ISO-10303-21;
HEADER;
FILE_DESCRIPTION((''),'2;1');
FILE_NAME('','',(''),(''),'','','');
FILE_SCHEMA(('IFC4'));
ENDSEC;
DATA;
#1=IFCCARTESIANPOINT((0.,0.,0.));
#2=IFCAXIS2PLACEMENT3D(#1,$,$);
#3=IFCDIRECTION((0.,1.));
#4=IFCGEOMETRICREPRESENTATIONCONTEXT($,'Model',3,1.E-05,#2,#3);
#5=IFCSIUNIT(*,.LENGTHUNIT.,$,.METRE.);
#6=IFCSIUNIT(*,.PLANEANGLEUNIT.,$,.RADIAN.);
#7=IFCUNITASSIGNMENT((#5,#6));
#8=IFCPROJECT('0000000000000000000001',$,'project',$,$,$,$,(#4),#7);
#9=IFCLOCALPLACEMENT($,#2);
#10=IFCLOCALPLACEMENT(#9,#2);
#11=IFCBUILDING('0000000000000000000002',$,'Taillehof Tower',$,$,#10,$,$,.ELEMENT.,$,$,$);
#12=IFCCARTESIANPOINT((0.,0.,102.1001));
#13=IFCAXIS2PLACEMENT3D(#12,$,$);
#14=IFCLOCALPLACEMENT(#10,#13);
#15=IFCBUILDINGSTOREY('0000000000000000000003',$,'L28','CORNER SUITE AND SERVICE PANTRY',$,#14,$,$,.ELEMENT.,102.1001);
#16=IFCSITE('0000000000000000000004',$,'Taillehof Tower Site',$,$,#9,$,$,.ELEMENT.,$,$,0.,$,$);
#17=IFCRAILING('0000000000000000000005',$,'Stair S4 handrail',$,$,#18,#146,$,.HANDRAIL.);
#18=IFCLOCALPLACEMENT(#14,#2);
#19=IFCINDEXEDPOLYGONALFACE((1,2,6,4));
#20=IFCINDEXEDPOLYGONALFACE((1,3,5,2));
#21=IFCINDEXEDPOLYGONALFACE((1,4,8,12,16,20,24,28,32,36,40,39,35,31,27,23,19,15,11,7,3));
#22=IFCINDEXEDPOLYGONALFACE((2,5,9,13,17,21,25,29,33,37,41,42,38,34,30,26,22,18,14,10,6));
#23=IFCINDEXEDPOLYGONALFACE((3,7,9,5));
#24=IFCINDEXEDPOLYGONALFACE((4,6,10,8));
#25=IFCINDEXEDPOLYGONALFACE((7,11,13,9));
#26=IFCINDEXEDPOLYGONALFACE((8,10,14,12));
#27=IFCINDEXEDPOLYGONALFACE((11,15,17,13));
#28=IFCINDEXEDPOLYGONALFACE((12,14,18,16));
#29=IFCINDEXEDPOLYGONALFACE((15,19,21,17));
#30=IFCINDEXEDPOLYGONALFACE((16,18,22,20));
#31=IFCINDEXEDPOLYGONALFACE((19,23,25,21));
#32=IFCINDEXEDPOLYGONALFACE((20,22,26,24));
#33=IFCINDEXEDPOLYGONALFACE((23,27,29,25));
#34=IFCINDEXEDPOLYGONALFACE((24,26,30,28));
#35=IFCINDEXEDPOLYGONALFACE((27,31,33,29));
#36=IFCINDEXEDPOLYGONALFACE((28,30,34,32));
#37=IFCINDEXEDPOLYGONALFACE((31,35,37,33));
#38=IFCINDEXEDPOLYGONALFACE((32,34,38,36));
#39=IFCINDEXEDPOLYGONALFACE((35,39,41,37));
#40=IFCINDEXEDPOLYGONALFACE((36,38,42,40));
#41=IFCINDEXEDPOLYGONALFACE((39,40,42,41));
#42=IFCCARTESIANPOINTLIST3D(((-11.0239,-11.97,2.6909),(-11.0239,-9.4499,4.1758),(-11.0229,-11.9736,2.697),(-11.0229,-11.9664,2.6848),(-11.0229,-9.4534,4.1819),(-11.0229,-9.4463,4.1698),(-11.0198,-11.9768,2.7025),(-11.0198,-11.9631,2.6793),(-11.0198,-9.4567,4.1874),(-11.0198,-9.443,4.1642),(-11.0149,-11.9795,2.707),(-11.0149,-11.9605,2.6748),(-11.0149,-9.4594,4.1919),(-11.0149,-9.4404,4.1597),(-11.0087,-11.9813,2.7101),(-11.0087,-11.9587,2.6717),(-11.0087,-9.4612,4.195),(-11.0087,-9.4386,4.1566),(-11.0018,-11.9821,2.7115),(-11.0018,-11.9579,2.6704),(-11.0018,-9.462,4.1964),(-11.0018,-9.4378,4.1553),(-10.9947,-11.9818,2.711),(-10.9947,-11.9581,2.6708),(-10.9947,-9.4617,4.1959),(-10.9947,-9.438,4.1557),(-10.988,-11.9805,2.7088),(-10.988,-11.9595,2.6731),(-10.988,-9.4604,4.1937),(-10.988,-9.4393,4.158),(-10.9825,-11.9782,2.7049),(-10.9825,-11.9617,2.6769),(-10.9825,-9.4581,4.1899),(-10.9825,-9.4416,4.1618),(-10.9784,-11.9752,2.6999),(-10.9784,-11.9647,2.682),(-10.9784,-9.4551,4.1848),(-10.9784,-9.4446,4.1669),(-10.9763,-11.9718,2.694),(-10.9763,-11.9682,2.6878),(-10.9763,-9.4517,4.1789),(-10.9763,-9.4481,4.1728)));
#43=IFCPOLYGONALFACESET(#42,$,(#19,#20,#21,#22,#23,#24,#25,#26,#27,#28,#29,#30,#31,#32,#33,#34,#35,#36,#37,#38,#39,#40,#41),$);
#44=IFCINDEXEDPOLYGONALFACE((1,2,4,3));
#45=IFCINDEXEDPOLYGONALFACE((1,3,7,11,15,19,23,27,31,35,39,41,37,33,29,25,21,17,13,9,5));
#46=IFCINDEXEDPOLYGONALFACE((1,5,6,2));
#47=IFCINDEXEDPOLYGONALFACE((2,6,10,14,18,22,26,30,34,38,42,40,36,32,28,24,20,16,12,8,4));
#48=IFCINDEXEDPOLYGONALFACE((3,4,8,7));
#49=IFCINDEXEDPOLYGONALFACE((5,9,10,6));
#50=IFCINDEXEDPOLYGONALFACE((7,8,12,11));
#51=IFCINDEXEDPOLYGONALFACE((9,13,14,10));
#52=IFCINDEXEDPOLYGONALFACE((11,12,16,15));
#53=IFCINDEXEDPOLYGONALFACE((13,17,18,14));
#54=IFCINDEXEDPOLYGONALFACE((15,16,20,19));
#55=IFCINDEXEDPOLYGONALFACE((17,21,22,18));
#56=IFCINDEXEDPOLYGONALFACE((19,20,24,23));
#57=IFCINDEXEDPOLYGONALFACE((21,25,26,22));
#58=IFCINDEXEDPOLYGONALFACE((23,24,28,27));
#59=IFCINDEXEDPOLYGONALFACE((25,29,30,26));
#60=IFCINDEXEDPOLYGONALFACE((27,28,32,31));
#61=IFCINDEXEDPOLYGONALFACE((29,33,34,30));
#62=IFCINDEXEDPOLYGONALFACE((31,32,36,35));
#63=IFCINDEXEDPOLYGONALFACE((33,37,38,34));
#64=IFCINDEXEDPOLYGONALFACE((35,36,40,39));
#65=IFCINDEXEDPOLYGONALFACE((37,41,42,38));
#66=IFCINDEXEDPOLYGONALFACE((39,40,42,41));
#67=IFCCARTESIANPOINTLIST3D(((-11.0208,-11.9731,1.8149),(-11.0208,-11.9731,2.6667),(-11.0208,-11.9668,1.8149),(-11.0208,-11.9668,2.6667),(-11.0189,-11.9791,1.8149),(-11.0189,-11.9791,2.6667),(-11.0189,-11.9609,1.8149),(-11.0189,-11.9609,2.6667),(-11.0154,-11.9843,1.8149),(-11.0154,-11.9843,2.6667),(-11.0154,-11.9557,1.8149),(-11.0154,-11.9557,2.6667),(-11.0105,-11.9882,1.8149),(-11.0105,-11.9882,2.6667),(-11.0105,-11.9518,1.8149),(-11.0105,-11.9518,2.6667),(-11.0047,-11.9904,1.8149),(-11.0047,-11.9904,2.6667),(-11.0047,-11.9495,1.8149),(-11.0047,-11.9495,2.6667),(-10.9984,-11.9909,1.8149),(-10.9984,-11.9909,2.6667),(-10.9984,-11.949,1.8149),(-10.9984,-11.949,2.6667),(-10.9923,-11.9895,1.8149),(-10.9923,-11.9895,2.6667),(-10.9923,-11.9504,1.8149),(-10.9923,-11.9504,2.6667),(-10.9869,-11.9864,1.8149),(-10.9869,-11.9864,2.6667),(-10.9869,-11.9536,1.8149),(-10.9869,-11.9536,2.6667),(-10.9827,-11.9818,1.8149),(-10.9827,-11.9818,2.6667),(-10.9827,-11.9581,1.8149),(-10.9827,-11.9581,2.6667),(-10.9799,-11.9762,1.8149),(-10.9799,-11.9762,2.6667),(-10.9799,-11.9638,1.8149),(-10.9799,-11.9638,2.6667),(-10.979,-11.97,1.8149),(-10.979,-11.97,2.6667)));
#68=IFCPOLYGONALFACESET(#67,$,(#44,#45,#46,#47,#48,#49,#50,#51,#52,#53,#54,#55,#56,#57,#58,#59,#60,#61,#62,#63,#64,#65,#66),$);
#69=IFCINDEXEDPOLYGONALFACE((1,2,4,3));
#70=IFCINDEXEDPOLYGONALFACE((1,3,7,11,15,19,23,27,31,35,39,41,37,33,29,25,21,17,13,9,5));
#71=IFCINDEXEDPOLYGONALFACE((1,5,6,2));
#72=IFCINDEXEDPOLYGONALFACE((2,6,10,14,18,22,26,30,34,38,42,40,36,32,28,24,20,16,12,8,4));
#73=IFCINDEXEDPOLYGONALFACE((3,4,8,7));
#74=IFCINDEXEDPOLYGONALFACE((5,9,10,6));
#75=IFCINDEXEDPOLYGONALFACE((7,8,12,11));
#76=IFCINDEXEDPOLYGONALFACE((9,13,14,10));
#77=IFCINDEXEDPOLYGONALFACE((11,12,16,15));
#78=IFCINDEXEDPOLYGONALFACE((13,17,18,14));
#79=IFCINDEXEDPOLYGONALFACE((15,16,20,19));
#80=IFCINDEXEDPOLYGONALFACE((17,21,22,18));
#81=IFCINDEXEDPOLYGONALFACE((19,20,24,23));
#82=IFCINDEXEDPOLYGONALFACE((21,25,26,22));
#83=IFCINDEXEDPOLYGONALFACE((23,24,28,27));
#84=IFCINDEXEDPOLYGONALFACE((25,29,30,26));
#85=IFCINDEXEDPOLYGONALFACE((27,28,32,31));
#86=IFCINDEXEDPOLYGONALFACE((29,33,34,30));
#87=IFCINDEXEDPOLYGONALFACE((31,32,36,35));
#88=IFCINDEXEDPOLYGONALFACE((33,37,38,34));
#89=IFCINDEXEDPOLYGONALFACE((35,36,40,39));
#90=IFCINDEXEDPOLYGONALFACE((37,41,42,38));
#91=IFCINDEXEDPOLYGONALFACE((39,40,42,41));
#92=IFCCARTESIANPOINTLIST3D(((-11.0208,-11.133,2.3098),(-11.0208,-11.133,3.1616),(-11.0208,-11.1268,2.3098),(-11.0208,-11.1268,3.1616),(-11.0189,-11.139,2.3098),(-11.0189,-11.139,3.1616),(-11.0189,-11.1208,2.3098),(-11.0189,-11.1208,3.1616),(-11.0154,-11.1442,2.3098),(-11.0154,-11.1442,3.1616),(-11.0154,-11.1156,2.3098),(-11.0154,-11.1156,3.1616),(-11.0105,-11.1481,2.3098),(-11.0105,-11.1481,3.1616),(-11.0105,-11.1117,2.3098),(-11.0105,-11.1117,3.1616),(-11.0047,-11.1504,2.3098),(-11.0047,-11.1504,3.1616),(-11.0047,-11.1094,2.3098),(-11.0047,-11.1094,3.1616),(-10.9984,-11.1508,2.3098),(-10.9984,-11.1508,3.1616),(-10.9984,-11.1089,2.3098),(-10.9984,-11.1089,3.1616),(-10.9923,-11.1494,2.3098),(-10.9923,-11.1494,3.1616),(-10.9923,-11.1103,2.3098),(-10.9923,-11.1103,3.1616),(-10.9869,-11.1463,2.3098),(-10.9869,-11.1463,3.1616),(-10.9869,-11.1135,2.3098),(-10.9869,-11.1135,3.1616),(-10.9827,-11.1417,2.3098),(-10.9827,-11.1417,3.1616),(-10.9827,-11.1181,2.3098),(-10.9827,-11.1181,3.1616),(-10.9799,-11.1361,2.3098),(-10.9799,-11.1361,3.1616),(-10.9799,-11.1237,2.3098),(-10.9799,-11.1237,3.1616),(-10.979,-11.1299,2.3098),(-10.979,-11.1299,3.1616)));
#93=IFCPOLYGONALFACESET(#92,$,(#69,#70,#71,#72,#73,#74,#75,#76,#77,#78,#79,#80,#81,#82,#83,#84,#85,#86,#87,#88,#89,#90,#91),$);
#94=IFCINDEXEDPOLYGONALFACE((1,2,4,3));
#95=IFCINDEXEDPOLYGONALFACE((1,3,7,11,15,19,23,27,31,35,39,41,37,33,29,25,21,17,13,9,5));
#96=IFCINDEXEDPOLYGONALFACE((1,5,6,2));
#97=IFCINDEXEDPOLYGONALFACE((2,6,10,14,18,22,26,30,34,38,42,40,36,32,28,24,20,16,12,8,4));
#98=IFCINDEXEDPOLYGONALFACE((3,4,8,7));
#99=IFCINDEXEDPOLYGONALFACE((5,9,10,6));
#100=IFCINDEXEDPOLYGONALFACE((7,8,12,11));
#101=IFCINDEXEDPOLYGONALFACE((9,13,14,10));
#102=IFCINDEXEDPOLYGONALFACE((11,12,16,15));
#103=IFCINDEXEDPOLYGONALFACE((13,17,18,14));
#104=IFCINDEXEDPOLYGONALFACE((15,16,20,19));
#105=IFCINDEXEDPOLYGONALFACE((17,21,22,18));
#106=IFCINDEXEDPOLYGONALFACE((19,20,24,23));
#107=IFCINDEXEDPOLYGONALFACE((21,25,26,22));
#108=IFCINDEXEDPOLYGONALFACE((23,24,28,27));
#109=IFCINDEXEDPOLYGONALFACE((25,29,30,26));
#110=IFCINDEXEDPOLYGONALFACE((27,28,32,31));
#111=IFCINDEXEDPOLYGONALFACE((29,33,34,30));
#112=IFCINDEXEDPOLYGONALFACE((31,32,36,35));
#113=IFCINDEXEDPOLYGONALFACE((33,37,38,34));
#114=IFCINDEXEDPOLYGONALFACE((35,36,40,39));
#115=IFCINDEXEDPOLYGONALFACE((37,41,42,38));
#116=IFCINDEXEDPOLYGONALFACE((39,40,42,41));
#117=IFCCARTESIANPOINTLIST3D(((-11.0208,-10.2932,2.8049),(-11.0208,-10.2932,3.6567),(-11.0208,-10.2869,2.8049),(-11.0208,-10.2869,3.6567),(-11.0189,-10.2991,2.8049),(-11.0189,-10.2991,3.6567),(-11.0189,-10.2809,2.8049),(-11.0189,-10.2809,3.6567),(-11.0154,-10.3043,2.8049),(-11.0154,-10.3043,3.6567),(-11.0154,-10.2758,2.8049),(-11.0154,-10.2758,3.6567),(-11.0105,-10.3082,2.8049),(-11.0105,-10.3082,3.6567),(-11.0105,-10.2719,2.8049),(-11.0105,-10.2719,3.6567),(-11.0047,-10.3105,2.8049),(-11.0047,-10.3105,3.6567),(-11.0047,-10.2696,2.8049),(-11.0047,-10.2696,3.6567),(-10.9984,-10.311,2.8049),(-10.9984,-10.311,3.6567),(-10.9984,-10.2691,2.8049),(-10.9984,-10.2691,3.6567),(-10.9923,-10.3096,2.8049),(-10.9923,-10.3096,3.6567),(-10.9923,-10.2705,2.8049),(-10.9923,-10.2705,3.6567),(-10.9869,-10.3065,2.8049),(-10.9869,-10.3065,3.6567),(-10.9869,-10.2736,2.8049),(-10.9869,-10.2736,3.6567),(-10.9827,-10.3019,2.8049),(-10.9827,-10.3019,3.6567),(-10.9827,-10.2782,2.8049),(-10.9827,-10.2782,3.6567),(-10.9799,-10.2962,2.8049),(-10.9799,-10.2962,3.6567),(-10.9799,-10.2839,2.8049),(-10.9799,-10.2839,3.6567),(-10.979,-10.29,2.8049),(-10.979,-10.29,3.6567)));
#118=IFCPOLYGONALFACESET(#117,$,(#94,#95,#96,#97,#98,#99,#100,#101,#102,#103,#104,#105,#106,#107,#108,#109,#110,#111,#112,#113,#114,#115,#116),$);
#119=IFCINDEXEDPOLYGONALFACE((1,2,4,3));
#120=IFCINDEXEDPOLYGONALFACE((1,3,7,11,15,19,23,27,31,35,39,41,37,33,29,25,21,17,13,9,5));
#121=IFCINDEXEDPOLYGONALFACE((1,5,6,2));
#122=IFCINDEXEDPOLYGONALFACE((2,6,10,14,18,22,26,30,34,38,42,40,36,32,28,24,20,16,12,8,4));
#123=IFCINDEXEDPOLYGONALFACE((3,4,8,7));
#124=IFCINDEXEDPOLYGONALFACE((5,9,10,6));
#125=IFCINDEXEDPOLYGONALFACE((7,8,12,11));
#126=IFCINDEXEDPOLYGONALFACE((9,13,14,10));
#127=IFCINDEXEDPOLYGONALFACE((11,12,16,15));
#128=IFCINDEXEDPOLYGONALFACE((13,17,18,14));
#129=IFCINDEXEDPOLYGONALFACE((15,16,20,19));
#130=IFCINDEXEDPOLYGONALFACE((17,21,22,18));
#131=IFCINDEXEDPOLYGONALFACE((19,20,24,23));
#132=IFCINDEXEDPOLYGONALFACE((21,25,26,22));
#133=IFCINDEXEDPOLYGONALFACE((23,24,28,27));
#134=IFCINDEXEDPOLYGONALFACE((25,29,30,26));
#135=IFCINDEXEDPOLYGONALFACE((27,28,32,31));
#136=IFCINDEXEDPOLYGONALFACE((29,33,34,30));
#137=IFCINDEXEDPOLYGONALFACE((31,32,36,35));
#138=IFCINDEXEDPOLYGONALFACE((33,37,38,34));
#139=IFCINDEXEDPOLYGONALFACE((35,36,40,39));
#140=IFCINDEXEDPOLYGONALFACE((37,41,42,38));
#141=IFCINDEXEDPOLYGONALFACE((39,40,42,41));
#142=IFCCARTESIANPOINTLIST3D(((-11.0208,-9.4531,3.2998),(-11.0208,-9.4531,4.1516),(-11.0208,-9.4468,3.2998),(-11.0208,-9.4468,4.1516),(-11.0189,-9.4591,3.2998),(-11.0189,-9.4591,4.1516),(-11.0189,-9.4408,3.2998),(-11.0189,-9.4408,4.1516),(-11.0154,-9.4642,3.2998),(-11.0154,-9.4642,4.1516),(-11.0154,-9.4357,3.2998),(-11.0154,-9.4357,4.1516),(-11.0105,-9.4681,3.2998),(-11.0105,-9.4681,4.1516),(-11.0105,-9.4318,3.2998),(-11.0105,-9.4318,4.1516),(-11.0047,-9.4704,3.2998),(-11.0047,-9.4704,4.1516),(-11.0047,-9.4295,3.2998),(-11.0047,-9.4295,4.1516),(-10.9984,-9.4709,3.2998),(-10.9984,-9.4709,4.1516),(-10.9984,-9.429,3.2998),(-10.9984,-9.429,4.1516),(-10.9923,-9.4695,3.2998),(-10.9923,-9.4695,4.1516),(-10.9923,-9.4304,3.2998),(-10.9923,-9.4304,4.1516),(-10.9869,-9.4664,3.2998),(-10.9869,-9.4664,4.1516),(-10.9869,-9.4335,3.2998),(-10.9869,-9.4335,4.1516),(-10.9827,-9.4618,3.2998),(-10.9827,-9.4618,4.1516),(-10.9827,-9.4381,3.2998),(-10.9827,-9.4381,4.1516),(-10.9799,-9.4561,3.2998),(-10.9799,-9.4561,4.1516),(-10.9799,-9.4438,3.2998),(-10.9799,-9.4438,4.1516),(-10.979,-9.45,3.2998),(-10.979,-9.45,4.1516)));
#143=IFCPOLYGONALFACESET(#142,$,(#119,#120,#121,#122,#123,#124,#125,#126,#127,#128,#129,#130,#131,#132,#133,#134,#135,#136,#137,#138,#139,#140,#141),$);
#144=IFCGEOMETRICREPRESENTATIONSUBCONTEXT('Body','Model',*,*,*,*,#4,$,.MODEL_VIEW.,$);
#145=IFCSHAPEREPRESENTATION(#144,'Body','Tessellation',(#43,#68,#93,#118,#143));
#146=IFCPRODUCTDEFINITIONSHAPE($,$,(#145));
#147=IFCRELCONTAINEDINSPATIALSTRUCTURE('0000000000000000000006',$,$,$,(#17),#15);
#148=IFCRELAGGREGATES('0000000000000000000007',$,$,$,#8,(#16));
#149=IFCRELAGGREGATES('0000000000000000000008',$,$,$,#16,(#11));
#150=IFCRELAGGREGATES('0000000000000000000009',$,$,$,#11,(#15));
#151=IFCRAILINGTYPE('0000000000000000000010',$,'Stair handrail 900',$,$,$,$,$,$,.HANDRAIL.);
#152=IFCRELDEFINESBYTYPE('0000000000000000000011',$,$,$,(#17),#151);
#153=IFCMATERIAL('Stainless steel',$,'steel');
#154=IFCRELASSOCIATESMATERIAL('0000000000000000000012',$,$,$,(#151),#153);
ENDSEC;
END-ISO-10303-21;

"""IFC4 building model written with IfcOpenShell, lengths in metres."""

from ifc_helpers import new_model, si_unit, direction, frame, origin, origin_2d, place, context, subcontext, project, spatial, circle, extrude, material, type_object, element, save


model = new_model("IFC4")

# Units and contexts
model_context = context("Model", 3, precision=1e-05, world=origin(), true_north=direction((0.0, 1.0)))
body_context = subcontext(model_context, "Body", "Model", "MODEL_VIEW")
ifc_project = project(units=[si_unit("LENGTHUNIT", "METRE"), si_unit("PLANEANGLEUNIT", "RADIAN")], contexts=[model_context])

# Site, building, storey
site_placement = place(None, origin())
site = spatial("IfcSite", under=ifc_project, at=site_placement, Name="Taillehof Tower Site", CompositionType="ELEMENT", RefElevation=0.0)
building_placement = place(site_placement, origin())
building = spatial("IfcBuilding", under=site, at=building_placement, Name="Taillehof Tower", CompositionType="ELEMENT")
storey_placement = place(building_placement, frame((0.0, 0.0, 102.1001)))
storey = spatial("IfcBuildingStorey", under=building, at=storey_placement, Name="L28", Description="CORNER SUITE AND SERVICE PANTRY", CompositionType="ELEMENT", Elevation=102.1001)

# Railing
ifc_material_1 = material(Name="Stainless steel", Category="steel")
railing_type = type_object("IfcRailingType", Name="Stair handrail 900", PredefinedType="HANDRAIL", material=ifc_material_1)
railing_placement = place(storey_placement, frame((-11.0, -11.97, 1.8149)))
element("IfcRailing", 1, at=railing_placement, inside=storey, type_object=railing_type, Name="Stair S4 handrail", PredefinedType="HANDRAIL", context=body_context, shape_type="SweptSolid", body=[
    extrude(circle(Radius=0.0239, at=origin_2d()), frame((0.0, 0.0, 0.876), z_axis=(0.0, 0.861561, 0.507655), x_axis=(-1.0, 0.0, 0.0)), (0.0, 0.0, 1.0), 2.925),
    extrude(circle(Radius=0.021, at=origin_2d()), origin(), (0.0, 0.0, 1.0), 0.8518),
    extrude(circle(Radius=0.021, at=origin_2d()), frame((0.0, 0.8401, 0.4949)), (0.0, 0.0, 1.0), 0.8518),
    extrude(circle(Radius=0.021, at=origin_2d()), frame((0.0, 1.6799, 0.99)), (0.0, 0.0, 1.0), 0.8518),
    extrude(circle(Radius=0.021, at=origin_2d()), frame((0.0, 2.52, 1.4849)), (0.0, 0.0, 1.0), 0.8518),
])

save(model, "model.ifc")
